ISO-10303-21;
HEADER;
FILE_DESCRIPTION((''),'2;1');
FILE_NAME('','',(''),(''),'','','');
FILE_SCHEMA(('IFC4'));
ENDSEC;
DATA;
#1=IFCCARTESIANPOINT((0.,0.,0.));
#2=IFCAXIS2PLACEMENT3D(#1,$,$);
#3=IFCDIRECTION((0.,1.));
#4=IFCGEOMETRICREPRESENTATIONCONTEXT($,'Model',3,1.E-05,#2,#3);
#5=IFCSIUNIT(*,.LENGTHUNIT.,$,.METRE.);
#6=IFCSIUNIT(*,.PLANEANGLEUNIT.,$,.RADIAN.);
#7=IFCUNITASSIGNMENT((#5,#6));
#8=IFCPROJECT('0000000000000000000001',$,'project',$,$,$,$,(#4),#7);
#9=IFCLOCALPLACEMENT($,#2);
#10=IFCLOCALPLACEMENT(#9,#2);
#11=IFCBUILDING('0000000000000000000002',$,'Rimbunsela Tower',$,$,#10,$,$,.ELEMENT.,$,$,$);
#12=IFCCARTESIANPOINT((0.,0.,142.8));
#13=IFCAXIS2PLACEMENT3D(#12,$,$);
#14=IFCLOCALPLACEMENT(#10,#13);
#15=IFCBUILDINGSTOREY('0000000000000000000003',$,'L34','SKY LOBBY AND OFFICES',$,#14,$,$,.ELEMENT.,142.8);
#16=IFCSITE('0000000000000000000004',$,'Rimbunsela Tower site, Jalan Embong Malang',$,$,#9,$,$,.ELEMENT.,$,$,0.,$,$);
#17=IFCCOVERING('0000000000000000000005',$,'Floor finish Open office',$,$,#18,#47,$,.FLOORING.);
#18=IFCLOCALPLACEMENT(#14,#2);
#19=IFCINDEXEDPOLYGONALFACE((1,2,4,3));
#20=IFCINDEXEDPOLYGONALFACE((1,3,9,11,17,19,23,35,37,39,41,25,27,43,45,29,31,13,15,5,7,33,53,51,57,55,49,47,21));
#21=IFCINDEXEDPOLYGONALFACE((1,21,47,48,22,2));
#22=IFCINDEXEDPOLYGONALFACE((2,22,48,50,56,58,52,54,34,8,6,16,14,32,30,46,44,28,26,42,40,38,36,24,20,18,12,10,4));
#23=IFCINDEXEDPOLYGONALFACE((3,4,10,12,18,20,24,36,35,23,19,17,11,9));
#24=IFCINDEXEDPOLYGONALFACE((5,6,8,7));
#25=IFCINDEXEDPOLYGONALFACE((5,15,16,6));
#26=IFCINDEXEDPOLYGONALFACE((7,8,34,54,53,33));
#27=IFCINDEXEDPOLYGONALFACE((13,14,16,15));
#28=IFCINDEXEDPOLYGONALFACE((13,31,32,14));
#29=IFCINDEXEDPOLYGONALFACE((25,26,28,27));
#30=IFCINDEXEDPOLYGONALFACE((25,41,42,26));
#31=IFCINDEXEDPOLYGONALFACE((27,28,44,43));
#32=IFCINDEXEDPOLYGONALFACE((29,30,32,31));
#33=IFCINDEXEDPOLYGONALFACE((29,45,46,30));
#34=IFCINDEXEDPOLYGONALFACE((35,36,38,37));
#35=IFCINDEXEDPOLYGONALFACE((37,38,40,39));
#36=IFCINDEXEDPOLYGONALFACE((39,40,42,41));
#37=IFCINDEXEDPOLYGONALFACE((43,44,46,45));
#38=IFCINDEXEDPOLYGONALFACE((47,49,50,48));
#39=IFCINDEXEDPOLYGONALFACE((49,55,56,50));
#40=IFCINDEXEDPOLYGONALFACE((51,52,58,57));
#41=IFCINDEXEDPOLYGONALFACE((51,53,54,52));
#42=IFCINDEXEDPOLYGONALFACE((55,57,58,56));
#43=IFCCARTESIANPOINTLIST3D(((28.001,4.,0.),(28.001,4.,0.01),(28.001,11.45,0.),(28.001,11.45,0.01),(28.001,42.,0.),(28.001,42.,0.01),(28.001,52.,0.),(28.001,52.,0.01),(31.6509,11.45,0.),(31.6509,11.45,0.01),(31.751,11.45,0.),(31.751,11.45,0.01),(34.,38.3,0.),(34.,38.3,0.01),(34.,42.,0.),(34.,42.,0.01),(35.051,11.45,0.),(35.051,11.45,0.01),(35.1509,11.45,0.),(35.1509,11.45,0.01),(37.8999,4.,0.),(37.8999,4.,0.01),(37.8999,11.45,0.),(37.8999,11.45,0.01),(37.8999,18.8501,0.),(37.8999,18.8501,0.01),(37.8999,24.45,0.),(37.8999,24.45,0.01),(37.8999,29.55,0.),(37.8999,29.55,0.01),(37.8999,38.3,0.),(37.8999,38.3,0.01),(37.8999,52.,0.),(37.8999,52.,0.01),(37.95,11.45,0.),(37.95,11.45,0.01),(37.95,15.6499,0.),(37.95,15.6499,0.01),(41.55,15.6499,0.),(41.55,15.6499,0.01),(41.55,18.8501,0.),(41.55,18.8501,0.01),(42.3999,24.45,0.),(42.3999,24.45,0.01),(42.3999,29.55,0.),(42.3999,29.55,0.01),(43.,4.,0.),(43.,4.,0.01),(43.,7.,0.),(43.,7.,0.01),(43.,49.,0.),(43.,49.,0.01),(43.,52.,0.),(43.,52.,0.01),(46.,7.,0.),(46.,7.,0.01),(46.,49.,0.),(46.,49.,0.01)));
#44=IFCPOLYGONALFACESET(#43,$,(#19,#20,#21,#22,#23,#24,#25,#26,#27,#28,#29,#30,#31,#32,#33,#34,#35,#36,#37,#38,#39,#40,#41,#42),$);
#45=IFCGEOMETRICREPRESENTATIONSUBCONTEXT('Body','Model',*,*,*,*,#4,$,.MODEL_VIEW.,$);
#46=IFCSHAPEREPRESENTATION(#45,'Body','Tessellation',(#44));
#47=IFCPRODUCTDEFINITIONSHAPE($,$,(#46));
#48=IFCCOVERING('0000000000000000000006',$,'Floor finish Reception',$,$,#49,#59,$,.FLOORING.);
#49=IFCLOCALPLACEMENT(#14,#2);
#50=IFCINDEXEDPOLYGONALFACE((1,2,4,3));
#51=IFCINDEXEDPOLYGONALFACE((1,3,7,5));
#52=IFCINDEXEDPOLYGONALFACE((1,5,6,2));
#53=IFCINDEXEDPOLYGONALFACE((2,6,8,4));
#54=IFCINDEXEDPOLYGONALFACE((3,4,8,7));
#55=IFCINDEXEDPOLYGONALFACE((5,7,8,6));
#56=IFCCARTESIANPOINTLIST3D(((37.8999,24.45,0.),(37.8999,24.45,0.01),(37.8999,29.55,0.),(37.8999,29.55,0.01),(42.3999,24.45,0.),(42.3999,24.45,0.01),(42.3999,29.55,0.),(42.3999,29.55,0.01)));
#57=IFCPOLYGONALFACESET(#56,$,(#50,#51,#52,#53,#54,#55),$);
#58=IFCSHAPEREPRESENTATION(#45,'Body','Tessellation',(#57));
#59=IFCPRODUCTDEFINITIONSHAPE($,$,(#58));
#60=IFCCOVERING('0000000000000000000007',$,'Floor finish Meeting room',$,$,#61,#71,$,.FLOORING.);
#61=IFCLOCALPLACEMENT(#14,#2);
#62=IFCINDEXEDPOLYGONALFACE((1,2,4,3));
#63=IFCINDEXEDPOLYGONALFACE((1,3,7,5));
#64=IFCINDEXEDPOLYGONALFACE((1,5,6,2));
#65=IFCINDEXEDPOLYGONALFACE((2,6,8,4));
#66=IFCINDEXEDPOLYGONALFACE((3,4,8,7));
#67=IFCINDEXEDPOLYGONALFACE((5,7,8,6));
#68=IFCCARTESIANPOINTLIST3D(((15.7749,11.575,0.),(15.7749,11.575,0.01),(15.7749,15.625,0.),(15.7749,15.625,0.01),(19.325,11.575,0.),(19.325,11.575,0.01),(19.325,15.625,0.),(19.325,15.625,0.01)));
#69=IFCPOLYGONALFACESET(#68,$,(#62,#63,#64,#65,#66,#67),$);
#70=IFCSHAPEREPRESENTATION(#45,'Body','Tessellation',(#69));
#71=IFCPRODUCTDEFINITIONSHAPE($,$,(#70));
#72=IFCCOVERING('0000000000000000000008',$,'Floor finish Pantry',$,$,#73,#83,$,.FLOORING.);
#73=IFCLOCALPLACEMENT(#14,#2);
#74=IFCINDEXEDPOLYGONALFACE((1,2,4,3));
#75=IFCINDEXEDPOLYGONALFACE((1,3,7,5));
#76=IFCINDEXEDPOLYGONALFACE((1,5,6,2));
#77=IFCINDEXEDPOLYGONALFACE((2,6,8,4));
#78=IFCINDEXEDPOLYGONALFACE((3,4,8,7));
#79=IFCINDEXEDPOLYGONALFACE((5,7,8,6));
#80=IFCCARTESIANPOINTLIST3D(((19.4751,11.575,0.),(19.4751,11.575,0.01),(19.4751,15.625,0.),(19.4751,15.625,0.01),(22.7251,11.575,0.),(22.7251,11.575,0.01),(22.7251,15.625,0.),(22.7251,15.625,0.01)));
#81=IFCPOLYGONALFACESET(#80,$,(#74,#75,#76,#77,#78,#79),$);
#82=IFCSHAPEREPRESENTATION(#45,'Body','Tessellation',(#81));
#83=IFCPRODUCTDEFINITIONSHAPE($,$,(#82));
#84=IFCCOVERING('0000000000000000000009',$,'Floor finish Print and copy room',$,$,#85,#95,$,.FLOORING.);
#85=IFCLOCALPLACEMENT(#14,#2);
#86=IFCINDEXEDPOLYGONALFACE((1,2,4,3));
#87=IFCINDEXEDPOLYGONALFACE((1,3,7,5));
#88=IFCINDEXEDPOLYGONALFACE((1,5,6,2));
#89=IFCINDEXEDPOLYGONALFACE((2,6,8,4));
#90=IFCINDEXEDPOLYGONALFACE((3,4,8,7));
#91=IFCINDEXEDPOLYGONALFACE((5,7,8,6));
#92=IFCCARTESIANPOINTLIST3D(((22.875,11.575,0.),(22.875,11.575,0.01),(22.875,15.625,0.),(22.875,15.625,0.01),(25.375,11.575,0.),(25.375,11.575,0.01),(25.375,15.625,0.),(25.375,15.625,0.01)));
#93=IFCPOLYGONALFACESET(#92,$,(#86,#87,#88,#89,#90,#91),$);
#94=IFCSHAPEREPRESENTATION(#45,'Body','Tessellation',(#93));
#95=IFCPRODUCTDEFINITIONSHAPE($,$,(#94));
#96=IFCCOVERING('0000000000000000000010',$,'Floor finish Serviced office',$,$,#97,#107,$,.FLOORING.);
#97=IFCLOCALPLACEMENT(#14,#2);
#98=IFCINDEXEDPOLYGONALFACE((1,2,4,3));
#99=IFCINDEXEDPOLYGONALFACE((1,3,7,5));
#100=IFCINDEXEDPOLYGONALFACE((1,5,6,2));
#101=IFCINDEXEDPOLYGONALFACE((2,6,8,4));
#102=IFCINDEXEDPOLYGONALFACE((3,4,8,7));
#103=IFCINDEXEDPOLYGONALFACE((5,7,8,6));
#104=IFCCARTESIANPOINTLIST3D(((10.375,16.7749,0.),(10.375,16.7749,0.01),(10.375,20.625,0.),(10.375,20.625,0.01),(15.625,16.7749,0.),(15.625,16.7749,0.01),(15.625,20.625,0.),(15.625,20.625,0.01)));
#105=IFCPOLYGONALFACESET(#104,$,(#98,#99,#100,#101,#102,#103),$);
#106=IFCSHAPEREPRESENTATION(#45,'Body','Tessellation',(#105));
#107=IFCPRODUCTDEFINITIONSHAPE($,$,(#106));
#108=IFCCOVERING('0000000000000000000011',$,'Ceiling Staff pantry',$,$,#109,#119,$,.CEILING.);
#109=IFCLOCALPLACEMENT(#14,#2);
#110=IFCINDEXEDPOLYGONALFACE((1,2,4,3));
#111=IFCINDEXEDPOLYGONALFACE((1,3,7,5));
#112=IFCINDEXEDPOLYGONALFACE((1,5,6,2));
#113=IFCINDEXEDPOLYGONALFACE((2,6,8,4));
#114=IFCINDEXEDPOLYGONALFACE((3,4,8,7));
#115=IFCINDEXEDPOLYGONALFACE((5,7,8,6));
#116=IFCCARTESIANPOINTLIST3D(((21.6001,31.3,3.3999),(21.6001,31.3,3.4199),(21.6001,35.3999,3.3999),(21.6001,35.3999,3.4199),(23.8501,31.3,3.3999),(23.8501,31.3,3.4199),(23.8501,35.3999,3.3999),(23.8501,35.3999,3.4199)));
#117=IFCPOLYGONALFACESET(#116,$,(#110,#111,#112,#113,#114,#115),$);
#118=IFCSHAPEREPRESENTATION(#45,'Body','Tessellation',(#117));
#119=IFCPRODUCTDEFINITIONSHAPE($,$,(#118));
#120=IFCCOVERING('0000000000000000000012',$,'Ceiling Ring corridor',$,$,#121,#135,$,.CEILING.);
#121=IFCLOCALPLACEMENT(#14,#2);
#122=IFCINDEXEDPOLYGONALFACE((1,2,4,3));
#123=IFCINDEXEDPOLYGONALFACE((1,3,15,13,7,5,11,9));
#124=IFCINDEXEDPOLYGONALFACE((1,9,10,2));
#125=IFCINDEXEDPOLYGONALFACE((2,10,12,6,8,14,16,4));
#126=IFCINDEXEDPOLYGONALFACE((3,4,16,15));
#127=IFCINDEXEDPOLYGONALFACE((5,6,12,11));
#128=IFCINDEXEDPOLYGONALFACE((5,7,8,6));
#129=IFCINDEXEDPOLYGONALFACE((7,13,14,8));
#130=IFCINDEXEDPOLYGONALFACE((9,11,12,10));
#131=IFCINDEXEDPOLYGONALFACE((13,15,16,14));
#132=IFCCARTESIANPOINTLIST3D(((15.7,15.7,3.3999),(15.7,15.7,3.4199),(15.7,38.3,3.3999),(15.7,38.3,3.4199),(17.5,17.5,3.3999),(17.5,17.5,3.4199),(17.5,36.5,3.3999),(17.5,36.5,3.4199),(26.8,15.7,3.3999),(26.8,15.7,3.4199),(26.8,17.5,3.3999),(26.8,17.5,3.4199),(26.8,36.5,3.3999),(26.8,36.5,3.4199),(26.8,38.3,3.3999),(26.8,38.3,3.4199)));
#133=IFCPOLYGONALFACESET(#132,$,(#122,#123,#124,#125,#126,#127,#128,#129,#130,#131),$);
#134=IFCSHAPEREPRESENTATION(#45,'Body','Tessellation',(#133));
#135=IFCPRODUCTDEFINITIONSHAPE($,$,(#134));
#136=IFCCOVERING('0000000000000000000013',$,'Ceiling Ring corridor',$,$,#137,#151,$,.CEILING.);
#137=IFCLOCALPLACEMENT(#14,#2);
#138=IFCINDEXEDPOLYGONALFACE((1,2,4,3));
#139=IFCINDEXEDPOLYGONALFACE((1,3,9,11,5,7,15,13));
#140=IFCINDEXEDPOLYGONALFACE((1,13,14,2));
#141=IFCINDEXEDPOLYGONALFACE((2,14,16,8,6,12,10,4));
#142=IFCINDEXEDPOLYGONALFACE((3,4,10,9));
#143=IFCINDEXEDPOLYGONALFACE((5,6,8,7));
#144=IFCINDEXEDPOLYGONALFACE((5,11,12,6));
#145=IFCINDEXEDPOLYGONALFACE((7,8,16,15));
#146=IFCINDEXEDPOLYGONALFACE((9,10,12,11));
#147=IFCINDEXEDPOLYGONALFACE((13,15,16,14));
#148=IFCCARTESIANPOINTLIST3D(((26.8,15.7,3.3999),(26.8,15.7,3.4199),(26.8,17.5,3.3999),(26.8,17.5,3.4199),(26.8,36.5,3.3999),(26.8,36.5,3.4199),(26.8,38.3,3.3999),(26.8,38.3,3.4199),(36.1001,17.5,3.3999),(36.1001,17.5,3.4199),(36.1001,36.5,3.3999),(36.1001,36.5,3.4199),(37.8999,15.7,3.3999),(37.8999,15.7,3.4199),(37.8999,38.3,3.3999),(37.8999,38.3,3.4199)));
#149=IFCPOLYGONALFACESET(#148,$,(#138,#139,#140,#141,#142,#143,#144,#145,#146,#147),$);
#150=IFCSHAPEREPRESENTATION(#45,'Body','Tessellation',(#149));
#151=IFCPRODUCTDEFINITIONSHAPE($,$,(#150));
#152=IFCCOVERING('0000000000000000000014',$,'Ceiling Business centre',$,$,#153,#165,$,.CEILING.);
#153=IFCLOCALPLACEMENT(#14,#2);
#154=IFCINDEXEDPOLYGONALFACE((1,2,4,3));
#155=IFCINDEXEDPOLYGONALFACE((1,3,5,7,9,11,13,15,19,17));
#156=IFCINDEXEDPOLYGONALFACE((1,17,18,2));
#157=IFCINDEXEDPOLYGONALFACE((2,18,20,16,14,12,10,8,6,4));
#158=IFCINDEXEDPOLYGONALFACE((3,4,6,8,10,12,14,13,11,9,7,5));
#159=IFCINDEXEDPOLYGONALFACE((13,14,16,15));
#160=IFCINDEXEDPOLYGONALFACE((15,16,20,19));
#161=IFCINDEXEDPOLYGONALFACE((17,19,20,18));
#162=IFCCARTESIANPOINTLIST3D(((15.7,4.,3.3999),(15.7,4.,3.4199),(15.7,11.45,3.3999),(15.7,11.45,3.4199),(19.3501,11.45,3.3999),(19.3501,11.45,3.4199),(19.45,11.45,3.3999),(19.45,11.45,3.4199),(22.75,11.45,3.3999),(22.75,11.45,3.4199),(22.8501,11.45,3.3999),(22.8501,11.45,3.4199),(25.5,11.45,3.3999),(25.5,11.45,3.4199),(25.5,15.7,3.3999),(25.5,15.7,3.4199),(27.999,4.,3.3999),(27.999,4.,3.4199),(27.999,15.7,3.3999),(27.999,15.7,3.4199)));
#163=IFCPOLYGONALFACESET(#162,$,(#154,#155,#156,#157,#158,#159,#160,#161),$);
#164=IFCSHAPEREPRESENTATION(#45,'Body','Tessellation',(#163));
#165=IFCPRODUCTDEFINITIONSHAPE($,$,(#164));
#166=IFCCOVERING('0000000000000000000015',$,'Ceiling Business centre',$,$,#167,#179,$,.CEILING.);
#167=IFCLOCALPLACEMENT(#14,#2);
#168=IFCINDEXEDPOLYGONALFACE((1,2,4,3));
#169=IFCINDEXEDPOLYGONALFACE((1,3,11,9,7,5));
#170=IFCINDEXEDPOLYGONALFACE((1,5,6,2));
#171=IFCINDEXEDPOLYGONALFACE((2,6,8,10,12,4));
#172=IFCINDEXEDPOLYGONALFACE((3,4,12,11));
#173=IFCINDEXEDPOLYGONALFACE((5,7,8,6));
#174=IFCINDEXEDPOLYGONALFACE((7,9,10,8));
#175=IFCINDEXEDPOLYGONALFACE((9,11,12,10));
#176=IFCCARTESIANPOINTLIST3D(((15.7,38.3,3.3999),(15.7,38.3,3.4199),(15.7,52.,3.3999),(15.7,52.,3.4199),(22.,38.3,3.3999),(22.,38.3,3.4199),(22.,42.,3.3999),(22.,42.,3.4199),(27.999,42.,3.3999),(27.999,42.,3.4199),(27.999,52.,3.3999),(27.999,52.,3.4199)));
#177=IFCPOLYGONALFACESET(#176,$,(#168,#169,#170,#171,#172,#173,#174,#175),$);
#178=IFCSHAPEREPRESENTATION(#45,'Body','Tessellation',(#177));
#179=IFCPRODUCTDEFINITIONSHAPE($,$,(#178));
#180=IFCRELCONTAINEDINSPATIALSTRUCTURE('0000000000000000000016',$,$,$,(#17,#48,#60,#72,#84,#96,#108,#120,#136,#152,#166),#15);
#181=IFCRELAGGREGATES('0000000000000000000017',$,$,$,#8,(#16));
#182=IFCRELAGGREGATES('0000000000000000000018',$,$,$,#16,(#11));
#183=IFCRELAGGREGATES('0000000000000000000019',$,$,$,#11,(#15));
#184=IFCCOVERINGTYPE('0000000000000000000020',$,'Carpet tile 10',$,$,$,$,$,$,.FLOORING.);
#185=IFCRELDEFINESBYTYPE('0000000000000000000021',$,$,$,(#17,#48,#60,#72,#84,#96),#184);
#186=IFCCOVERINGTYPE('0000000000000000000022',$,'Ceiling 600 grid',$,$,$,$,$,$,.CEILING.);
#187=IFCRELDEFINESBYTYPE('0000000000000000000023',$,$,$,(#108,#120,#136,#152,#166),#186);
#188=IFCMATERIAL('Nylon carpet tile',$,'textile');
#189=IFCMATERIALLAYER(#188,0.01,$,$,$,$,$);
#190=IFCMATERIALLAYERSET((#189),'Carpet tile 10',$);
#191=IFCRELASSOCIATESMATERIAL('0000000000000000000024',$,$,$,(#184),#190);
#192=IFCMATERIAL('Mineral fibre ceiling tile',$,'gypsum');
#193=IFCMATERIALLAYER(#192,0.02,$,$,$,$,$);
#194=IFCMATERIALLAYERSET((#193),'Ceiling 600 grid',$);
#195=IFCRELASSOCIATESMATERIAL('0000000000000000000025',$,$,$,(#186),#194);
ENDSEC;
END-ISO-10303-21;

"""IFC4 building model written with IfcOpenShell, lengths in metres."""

from ifc_helpers import new_model, si_unit, direction, frame, origin, place, context, subcontext, project, spatial, polyline, outline, extrude, material, layer, layer_set, type_object, element, save


model = new_model("IFC4")

# Units and contexts
model_context = context("Model", 3, precision=1e-05, world=origin(), true_north=direction((0.0, 1.0)))
body_context = subcontext(model_context, "Body", "Model", "MODEL_VIEW")
ifc_project = project(units=[si_unit("LENGTHUNIT", "METRE"), si_unit("PLANEANGLEUNIT", "RADIAN")], contexts=[model_context])

# Site, building, storey
site_placement = place(None, origin())
site = spatial("IfcSite", under=ifc_project, at=site_placement, Name="Rimbunsela Tower site, Jalan Embong Malang", CompositionType="ELEMENT", RefElevation=0.0)
building_placement = place(site_placement, origin())
building = spatial("IfcBuilding", under=site, at=building_placement, Name="Rimbunsela Tower", CompositionType="ELEMENT")
storey_placement = place(building_placement, frame((0.0, 0.0, 142.8)))
storey = spatial("IfcBuildingStorey", under=building, at=storey_placement, Name="L34", Description="SKY LOBBY AND OFFICES", CompositionType="ELEMENT", Elevation=142.8)

# Coverings
ifc_material_1 = material(Name="Nylon carpet tile", Category="textile")
ifc_layer_1 = layer(ifc_material_1, 0.01)
ifc_layer_set_1 = layer_set([ifc_layer_1], Name="Carpet tile 10")
covering_type_1 = type_object("IfcCoveringType", Name="Carpet tile 10", PredefinedType="FLOORING", material=ifc_layer_set_1)
covering_1_placement = place(storey_placement, origin())
element("IfcCovering", 1, at=covering_1_placement, inside=storey, type_object=covering_type_1, Name="Floor finish Open office", PredefinedType="FLOORING", context=body_context, shape_type="SweptSolid", body=[
    extrude(outline(polyline([(28.001, 11.45), (31.6509, 11.45), (31.751, 11.45), (35.051, 11.45), (35.1509, 11.45), (37.8999, 11.45), (37.95, 11.45), (37.95, 15.6499), (41.55, 15.6499), (41.55, 18.8501), (37.8999, 18.8501), (37.8999, 24.45), (42.3999, 24.45), (42.3999, 29.55), (37.8999, 29.55), (37.8999, 38.3), (34.0, 38.3), (34.0, 42.0), (28.001, 42.0), (28.001, 52.0), (37.8999, 52.0), (43.0, 52.0), (43.0, 49.0), (46.0, 49.0), (46.0, 7.0), (43.0, 7.0), (43.0, 4.0), (37.8999, 4.0), (28.001, 4.0), (28.001, 11.45)])), origin(), (0.0, 0.0, 1.0), 0.01),
])
covering_2_placement = place(storey_placement, origin())
element("IfcCovering", 2, at=covering_2_placement, inside=storey, type_object=covering_type_1, Name="Floor finish Reception", PredefinedType="FLOORING", context=body_context, shape_type="SweptSolid", body=[
    extrude(outline(polyline([(42.3999, 24.45), (42.3999, 29.55), (37.8999, 29.55), (37.8999, 24.45), (42.3999, 24.45)])), origin(), (0.0, 0.0, 1.0), 0.01),
])
covering_3_placement = place(storey_placement, origin())
element("IfcCovering", 3, at=covering_3_placement, inside=storey, type_object=covering_type_1, Name="Floor finish Meeting room", PredefinedType="FLOORING", context=body_context, shape_type="SweptSolid", body=[
    extrude(outline(polyline([(19.325, 11.575), (19.325, 15.625), (15.7749, 15.625), (15.7749, 11.575), (19.325, 11.575)])), origin(), (0.0, 0.0, 1.0), 0.01),
])
covering_4_placement = place(storey_placement, origin())
element("IfcCovering", 4, at=covering_4_placement, inside=storey, type_object=covering_type_1, Name="Floor finish Pantry", PredefinedType="FLOORING", context=body_context, shape_type="SweptSolid", body=[
    extrude(outline(polyline([(22.7251, 11.575), (22.7251, 15.625), (19.4751, 15.625), (19.4751, 11.575), (22.7251, 11.575)])), origin(), (0.0, 0.0, 1.0), 0.01),
])
covering_5_placement = place(storey_placement, origin())
element("IfcCovering", 5, at=covering_5_placement, inside=storey, type_object=covering_type_1, Name="Floor finish Print and copy room", PredefinedType="FLOORING", context=body_context, shape_type="SweptSolid", body=[
    extrude(outline(polyline([(25.375, 11.575), (25.375, 15.625), (22.875, 15.625), (22.875, 11.575), (25.375, 11.575)])), origin(), (0.0, 0.0, 1.0), 0.01),
])
covering_6_placement = place(storey_placement, origin())
element("IfcCovering", 6, at=covering_6_placement, inside=storey, type_object=covering_type_1, Name="Floor finish Serviced office", PredefinedType="FLOORING", context=body_context, shape_type="SweptSolid", body=[
    extrude(outline(polyline([(15.625, 16.7749), (15.625, 20.625), (10.375, 20.625), (10.375, 16.7749), (15.625, 16.7749)])), origin(), (0.0, 0.0, 1.0), 0.01),
])
ifc_material_2 = material(Name="Mineral fibre ceiling tile", Category="gypsum")
ifc_layer_2 = layer(ifc_material_2, 0.02)
ifc_layer_set_2 = layer_set([ifc_layer_2], Name="Ceiling 600 grid")
covering_type_2 = type_object("IfcCoveringType", Name="Ceiling 600 grid", PredefinedType="CEILING", material=ifc_layer_set_2)
covering_7_placement = place(storey_placement, frame((0.0, 0.0, 3.3999)))
element("IfcCovering", 7, at=covering_7_placement, inside=storey, type_object=covering_type_2, Name="Ceiling Staff pantry", PredefinedType="CEILING", context=body_context, shape_type="SweptSolid", body=[
    extrude(outline(polyline([(23.8501, 31.3), (23.8501, 35.3999), (21.6001, 35.3999), (21.6001, 31.3), (23.8501, 31.3)])), origin(), (0.0, 0.0, 1.0), 0.02),
])
covering_8_placement = place(storey_placement, frame((0.0, 0.0, 3.3999)))
element("IfcCovering", 8, at=covering_8_placement, inside=storey, type_object=covering_type_2, Name="Ceiling Ring corridor", PredefinedType="CEILING", context=body_context, shape_type="SweptSolid", body=[
    extrude(outline(polyline([(15.7, 38.3), (26.8, 38.3), (26.8, 36.5), (17.5, 36.5), (17.5, 17.5), (26.8, 17.5), (26.8, 15.7), (15.7, 15.7), (15.7, 38.3)])), origin(), (0.0, 0.0, 1.0), 0.02),
])
covering_9_placement = place(storey_placement, frame((0.0, 0.0, 3.3999)))
element("IfcCovering", 9, at=covering_9_placement, inside=storey, type_object=covering_type_2, Name="Ceiling Ring corridor", PredefinedType="CEILING", context=body_context, shape_type="SweptSolid", body=[
    extrude(outline(polyline([(37.8999, 38.3), (37.8999, 15.7), (26.8, 15.7), (26.8, 17.5), (36.1001, 17.5), (36.1001, 36.5), (26.8, 36.5), (26.8, 38.3), (37.8999, 38.3)])), origin(), (0.0, 0.0, 1.0), 0.02),
])
covering_10_placement = place(storey_placement, frame((0.0, 0.0, 3.3999)))
element("IfcCovering", 10, at=covering_10_placement, inside=storey, type_object=covering_type_2, Name="Ceiling Business centre", PredefinedType="CEILING", context=body_context, shape_type="SweptSolid", body=[
    extrude(outline(polyline([(19.45, 11.45), (22.75, 11.45), (22.8501, 11.45), (25.5, 11.45), (25.5, 15.7), (27.999, 15.7), (27.999, 4.0), (15.7, 4.0), (15.7, 11.45), (19.3501, 11.45), (19.45, 11.45)])), origin(), (0.0, 0.0, 1.0), 0.02),
])
covering_11_placement = place(storey_placement, frame((0.0, 0.0, 3.3999)))
element("IfcCovering", 11, at=covering_11_placement, inside=storey, type_object=covering_type_2, Name="Ceiling Business centre", PredefinedType="CEILING", context=body_context, shape_type="SweptSolid", body=[
    extrude(outline(polyline([(27.999, 42.0), (22.0, 42.0), (22.0, 38.3), (15.7, 38.3), (15.7, 52.0), (27.999, 52.0), (27.999, 42.0)])), origin(), (0.0, 0.0, 1.0), 0.02),
])

save(model, "model.ifc")
